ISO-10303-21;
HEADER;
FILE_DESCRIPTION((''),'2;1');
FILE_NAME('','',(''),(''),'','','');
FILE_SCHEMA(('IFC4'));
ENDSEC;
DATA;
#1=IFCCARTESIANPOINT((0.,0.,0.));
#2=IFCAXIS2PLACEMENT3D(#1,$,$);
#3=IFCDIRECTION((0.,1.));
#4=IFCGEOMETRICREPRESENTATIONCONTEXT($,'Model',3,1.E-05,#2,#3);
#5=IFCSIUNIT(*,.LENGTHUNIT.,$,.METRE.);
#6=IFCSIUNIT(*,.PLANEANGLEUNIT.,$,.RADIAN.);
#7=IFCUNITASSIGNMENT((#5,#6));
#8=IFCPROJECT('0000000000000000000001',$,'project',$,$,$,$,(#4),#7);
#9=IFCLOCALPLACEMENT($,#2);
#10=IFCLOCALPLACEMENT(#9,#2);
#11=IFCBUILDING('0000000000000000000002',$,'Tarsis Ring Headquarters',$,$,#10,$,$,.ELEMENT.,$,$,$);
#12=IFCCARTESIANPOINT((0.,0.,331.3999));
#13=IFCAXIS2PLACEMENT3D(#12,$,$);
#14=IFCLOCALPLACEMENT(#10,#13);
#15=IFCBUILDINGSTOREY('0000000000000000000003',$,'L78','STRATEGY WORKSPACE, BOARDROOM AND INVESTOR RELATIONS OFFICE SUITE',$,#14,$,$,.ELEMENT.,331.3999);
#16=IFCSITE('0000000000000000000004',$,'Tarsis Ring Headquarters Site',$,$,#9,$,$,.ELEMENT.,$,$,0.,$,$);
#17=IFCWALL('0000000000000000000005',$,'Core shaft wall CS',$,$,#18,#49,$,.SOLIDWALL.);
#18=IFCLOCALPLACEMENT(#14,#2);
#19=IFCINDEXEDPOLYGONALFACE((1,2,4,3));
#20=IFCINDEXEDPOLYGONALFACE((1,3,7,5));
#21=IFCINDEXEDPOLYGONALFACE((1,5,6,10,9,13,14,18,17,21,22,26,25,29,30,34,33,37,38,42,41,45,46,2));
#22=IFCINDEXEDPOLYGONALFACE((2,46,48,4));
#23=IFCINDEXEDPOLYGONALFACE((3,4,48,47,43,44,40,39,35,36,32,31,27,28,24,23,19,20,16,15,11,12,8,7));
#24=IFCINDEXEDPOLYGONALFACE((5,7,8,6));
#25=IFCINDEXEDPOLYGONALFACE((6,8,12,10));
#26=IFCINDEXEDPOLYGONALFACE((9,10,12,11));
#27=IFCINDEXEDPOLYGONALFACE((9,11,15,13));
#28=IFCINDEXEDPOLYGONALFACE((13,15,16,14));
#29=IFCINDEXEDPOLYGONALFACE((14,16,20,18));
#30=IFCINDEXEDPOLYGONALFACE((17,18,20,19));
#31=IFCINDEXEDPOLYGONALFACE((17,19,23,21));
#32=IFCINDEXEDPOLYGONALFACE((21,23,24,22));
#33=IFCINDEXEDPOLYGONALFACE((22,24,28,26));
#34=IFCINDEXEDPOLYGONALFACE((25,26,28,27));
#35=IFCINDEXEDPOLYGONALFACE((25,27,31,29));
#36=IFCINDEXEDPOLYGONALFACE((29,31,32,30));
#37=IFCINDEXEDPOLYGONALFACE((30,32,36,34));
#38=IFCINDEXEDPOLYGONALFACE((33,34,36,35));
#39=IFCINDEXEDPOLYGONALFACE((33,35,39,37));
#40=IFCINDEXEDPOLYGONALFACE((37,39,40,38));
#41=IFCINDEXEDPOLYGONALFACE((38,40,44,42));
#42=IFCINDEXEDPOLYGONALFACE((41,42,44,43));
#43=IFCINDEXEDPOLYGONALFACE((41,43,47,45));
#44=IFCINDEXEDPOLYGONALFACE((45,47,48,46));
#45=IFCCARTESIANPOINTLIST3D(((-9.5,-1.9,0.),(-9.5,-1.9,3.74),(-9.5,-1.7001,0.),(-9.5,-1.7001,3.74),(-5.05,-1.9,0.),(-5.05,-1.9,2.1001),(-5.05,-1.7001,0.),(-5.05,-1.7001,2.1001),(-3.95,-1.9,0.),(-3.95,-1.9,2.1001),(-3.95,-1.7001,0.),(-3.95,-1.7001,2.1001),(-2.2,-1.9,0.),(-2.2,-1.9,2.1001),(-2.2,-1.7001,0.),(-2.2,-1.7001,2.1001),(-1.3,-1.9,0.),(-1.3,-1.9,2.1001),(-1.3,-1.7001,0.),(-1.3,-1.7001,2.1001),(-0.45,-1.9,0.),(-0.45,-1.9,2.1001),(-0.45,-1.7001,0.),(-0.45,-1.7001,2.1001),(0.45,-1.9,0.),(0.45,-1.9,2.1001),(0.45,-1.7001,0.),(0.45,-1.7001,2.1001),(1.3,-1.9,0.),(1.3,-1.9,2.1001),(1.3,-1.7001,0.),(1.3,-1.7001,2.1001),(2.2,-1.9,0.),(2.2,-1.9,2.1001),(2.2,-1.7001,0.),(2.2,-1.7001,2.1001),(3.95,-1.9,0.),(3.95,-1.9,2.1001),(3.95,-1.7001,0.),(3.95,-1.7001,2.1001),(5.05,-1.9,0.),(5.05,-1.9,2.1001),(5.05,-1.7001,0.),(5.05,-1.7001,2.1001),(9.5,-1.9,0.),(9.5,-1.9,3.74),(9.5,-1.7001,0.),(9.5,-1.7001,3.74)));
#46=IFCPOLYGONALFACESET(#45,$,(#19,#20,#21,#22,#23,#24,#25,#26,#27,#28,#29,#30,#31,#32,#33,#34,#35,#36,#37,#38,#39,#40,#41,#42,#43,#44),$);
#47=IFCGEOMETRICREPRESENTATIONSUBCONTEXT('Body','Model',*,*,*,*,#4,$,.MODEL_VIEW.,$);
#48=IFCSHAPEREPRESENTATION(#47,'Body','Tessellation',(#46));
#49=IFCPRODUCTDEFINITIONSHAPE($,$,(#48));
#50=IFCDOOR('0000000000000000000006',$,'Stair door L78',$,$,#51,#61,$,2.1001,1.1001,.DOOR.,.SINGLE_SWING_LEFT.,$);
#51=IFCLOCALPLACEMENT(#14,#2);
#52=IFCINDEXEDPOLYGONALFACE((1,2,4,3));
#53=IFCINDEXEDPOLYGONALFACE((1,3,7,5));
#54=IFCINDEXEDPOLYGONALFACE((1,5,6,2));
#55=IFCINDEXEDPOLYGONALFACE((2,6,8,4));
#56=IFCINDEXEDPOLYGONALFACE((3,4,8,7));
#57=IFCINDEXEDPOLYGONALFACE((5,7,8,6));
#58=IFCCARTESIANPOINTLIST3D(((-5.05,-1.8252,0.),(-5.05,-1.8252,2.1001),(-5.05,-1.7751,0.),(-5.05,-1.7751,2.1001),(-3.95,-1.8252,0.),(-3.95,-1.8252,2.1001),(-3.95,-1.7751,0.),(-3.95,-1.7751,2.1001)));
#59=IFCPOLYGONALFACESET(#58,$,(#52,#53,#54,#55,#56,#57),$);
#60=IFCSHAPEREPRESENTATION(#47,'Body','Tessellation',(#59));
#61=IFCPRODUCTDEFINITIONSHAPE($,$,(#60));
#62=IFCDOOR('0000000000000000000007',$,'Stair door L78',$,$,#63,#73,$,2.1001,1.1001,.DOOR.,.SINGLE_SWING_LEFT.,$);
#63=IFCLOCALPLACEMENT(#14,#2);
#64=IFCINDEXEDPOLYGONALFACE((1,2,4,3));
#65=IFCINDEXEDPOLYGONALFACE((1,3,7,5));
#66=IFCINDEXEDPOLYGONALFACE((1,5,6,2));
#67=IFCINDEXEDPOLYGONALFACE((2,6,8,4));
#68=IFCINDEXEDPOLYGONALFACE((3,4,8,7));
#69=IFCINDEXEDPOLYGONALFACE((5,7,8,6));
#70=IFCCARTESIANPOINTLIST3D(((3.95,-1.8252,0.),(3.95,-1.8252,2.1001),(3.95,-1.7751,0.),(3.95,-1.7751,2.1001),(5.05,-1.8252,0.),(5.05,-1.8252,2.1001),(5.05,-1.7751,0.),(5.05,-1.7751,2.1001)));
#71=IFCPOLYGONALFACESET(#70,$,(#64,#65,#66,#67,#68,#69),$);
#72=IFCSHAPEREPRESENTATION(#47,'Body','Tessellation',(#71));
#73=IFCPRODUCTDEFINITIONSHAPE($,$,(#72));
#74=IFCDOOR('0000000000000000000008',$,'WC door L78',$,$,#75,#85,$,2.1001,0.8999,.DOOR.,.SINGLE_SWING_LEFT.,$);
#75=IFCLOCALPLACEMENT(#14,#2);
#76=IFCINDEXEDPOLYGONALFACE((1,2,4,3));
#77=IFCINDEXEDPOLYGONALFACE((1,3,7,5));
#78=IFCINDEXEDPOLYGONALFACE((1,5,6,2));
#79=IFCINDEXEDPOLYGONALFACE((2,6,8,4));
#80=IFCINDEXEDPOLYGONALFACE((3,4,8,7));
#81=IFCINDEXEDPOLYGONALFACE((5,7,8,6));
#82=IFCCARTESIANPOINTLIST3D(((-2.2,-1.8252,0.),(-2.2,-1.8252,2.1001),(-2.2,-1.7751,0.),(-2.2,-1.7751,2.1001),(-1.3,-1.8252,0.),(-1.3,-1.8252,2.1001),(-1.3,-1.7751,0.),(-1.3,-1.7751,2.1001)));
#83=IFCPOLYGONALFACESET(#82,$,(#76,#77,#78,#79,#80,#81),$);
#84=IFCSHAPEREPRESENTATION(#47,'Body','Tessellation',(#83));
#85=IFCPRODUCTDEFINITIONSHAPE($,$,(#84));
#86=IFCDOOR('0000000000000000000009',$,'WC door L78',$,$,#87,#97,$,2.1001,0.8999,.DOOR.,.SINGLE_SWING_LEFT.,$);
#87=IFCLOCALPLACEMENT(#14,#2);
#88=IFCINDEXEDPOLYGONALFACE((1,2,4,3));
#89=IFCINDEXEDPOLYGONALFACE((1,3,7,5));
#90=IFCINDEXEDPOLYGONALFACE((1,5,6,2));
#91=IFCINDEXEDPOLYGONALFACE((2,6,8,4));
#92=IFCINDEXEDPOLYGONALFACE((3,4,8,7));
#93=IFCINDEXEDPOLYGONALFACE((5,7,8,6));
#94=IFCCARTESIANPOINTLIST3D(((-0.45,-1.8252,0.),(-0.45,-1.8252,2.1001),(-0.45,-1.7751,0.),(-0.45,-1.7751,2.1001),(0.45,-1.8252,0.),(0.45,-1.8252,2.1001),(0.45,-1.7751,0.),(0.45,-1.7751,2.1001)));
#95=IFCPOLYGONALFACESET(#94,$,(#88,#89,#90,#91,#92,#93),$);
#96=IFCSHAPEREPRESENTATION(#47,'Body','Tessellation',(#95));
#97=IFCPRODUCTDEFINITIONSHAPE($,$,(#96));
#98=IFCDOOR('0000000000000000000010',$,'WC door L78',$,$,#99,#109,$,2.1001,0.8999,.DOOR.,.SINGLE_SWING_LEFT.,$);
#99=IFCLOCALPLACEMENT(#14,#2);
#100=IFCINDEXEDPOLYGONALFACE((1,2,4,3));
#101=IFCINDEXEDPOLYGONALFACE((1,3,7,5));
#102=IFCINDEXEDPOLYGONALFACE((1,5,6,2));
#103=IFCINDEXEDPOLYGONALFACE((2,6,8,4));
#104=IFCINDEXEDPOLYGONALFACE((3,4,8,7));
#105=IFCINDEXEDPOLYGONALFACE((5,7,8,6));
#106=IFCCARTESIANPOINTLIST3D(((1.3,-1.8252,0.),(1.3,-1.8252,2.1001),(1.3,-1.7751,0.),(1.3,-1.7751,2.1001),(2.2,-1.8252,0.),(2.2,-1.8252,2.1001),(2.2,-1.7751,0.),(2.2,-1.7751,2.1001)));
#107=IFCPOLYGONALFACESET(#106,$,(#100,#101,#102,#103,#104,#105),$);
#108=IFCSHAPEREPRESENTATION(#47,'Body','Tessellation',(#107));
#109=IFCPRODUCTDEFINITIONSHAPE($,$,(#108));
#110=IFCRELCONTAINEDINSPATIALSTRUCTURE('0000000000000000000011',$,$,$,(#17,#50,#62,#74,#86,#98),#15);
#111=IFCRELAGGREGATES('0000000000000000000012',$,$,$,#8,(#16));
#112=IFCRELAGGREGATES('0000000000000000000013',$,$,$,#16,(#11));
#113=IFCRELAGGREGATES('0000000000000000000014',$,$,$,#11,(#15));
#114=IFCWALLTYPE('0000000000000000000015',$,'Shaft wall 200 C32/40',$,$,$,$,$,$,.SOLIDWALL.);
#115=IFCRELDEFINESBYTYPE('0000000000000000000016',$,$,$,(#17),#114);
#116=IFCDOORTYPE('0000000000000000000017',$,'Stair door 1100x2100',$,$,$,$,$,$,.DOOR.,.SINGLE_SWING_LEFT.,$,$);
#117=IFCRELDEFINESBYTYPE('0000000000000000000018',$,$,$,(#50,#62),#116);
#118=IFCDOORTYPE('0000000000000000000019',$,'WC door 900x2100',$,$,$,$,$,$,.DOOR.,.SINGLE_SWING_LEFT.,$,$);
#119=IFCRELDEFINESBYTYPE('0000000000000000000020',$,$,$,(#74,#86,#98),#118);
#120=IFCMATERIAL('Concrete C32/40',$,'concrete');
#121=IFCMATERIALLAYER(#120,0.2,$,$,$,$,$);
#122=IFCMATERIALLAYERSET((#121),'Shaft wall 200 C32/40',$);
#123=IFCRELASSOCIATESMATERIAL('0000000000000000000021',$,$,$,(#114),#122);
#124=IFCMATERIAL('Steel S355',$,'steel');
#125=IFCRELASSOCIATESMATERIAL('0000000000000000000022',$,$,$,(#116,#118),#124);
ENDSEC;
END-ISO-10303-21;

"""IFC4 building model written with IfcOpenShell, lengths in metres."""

from ifc_helpers import new_model, si_unit, direction, frame, frame_2d, origin, place, context, subcontext, project, spatial, rectangle, extrude, material, layer, layer_set, type_object, element, fill, save


model = new_model("IFC4")

# Units and contexts
model_context = context("Model", 3, precision=1e-05, world=origin(), true_north=direction((0.0, 1.0)))
body_context = subcontext(model_context, "Body", "Model", "MODEL_VIEW")
ifc_project = project(units=[si_unit("LENGTHUNIT", "METRE"), si_unit("PLANEANGLEUNIT", "RADIAN")], contexts=[model_context])

# Site, building, storey
site_placement = place(None, origin())
site = spatial("IfcSite", under=ifc_project, at=site_placement, Name="Tarsis Ring Headquarters Site", CompositionType="ELEMENT", RefElevation=0.0)
building_placement = place(site_placement, origin())
building = spatial("IfcBuilding", under=site, at=building_placement, Name="Tarsis Ring Headquarters", CompositionType="ELEMENT")
storey_placement = place(building_placement, frame((0.0, 0.0, 331.3999)))
storey = spatial("IfcBuildingStorey", under=building, at=storey_placement, Name="L78", Description="STRATEGY WORKSPACE, BOARDROOM AND INVESTOR RELATIONS OFFICE SUITE", CompositionType="ELEMENT", Elevation=331.3999)

# Wall, openings, doors
ifc_material_1 = material(Name="Steel S355", Category="steel")
ifc_material_2 = material(Name="Concrete C32/40", Category="concrete")
ifc_layer_1 = layer(ifc_material_2, 0.2)
ifc_layer_set_1 = layer_set([ifc_layer_1], Name="Shaft wall 200 C32/40")
wall_type_1 = type_object("IfcWallType", Name="Shaft wall 200 C32/40", PredefinedType="SOLIDWALL", material=ifc_layer_set_1)
wall_1_placement = place(storey_placement, frame((-9.5, -1.8, 0.0), z_axis=(0.0, 0.0, 1.0), x_axis=(1.0, 0.0, 0.0)))
wall_1 = element("IfcWall", 1, at=wall_1_placement, inside=storey, type_object=wall_type_1, Name="Core shaft wall CS", PredefinedType="SOLIDWALL", context=body_context, shape_type="SweptSolid", body=[
    extrude(rectangle(XDim=19.0, YDim=0.2, at=frame_2d((9.5, 0.0))), origin(), (0.0, 0.0, 1.0), 3.74),
])
opening_1_placement = place(wall_1_placement, frame((4.45, 0.0, 0.0)))
opening_1 = element("IfcOpeningElement", 2, at=opening_1_placement, cuts=wall_1, PredefinedType="OPENING", context=body_context, shape_type="SweptSolid", body=[
    extrude(rectangle(XDim=1.1001, YDim=2.1001, at=frame_2d((0.55, 1.05))), frame((0.0, 0.1099, 0.0), z_axis=(0.0, -1.0, 0.0), x_axis=(1.0, 0.0, 0.0)), (0.0, 0.0, 1.0), 0.22),
])
opening_2_placement = place(wall_1_placement, frame((7.3, 0.0, 0.0)))
opening_2 = element("IfcOpeningElement", 3, at=opening_2_placement, cuts=wall_1, PredefinedType="OPENING", context=body_context, shape_type="SweptSolid", body=[
    extrude(rectangle(XDim=0.8999, YDim=2.1001, at=frame_2d((0.45, 1.05))), frame((0.0, 0.1099, 0.0), z_axis=(0.0, -1.0, 0.0), x_axis=(1.0, 0.0, 0.0)), (0.0, 0.0, 1.0), 0.22),
])
opening_3_placement = place(wall_1_placement, frame((9.05, 0.0, 0.0)))
opening_3 = element("IfcOpeningElement", 4, at=opening_3_placement, cuts=wall_1, PredefinedType="OPENING", context=body_context, shape_type="SweptSolid", body=[
    extrude(rectangle(XDim=0.8999, YDim=2.1001, at=frame_2d((0.45, 1.05))), frame((0.0, 0.1099, 0.0), z_axis=(0.0, -1.0, 0.0), x_axis=(1.0, 0.0, 0.0)), (0.0, 0.0, 1.0), 0.22),
])
opening_4_placement = place(wall_1_placement, frame((10.8, 0.0, 0.0)))
opening_4 = element("IfcOpeningElement", 5, at=opening_4_placement, cuts=wall_1, PredefinedType="OPENING", context=body_context, shape_type="SweptSolid", body=[
    extrude(rectangle(XDim=0.8999, YDim=2.1001, at=frame_2d((0.45, 1.05))), frame((0.0, 0.1099, 0.0), z_axis=(0.0, -1.0, 0.0), x_axis=(1.0, 0.0, 0.0)), (0.0, 0.0, 1.0), 0.22),
])
opening_5_placement = place(wall_1_placement, frame((13.45, 0.0, 0.0)))
opening_5 = element("IfcOpeningElement", 6, at=opening_5_placement, cuts=wall_1, PredefinedType="OPENING", context=body_context, shape_type="SweptSolid", body=[
    extrude(rectangle(XDim=1.1001, YDim=2.1001, at=frame_2d((0.55, 1.05))), frame((0.0, 0.1099, 0.0), z_axis=(0.0, -1.0, 0.0), x_axis=(1.0, 0.0, 0.0)), (0.0, 0.0, 1.0), 0.22),
])
door_type_1 = type_object("IfcDoorType", Name="Stair door 1100x2100", OperationType="SINGLE_SWING_LEFT", PredefinedType="DOOR", material=ifc_material_1)
door_1_placement = place(opening_1_placement, origin())
door_1 = element("IfcDoor", 7, at=door_1_placement, inside=storey, type_object=door_type_1, Name="Stair door L78", OperationType="SINGLE_SWING_LEFT", OverallHeight=2.1001, OverallWidth=1.1001, PredefinedType="DOOR", context=body_context, shape_type="SweptSolid", body=[
    extrude(rectangle(XDim=1.1001, YDim=2.1001, at=frame_2d((0.55, 1.05))), frame((0.0, 0.0249, 0.0), z_axis=(0.0, -1.0, 0.0), x_axis=(1.0, 0.0, 0.0)), (0.0, 0.0, 1.0), 0.05),
])
fill(opening_1, door_1)
door_2_placement = place(opening_5_placement, origin())
door_2 = element("IfcDoor", 8, at=door_2_placement, inside=storey, type_object=door_type_1, Name="Stair door L78", OperationType="SINGLE_SWING_LEFT", OverallHeight=2.1001, OverallWidth=1.1001, PredefinedType="DOOR", context=body_context, shape_type="SweptSolid", body=[
    extrude(rectangle(XDim=1.1001, YDim=2.1001, at=frame_2d((0.55, 1.05))), frame((0.0, 0.0249, 0.0), z_axis=(0.0, -1.0, 0.0), x_axis=(1.0, 0.0, 0.0)), (0.0, 0.0, 1.0), 0.05),
])
fill(opening_5, door_2)
door_type_2 = type_object("IfcDoorType", Name="WC door 900x2100", OperationType="SINGLE_SWING_LEFT", PredefinedType="DOOR", material=ifc_material_1)
door_3_placement = place(opening_2_placement, origin())
door_3 = element("IfcDoor", 9, at=door_3_placement, inside=storey, type_object=door_type_2, Name="WC door L78", OperationType="SINGLE_SWING_LEFT", OverallHeight=2.1001, OverallWidth=0.8999, PredefinedType="DOOR", context=body_context, shape_type="SweptSolid", body=[
    extrude(rectangle(XDim=0.8999, YDim=2.1001, at=frame_2d((0.45, 1.05))), frame((0.0, 0.0249, 0.0), z_axis=(0.0, -1.0, 0.0), x_axis=(1.0, 0.0, 0.0)), (0.0, 0.0, 1.0), 0.05),
])
fill(opening_2, door_3)
door_4_placement = place(opening_3_placement, origin())
door_4 = element("IfcDoor", 10, at=door_4_placement, inside=storey, type_object=door_type_2, Name="WC door L78", OperationType="SINGLE_SWING_LEFT", OverallHeight=2.1001, OverallWidth=0.8999, PredefinedType="DOOR", context=body_context, shape_type="SweptSolid", body=[
    extrude(rectangle(XDim=0.8999, YDim=2.1001, at=frame_2d((0.45, 1.05))), frame((0.0, 0.0249, 0.0), z_axis=(0.0, -1.0, 0.0), x_axis=(1.0, 0.0, 0.0)), (0.0, 0.0, 1.0), 0.05),
])
fill(opening_3, door_4)
door_5_placement = place(opening_4_placement, origin())
door_5 = element("IfcDoor", 11, at=door_5_placement, inside=storey, type_object=door_type_2, Name="WC door L78", OperationType="SINGLE_SWING_LEFT", OverallHeight=2.1001, OverallWidth=0.8999, PredefinedType="DOOR", context=body_context, shape_type="SweptSolid", body=[
    extrude(rectangle(XDim=0.8999, YDim=2.1001, at=frame_2d((0.45, 1.05))), frame((0.0, 0.0249, 0.0), z_axis=(0.0, -1.0, 0.0), x_axis=(1.0, 0.0, 0.0)), (0.0, 0.0, 1.0), 0.05),
])
fill(opening_4, door_5)

save(model, "model.ifc")
